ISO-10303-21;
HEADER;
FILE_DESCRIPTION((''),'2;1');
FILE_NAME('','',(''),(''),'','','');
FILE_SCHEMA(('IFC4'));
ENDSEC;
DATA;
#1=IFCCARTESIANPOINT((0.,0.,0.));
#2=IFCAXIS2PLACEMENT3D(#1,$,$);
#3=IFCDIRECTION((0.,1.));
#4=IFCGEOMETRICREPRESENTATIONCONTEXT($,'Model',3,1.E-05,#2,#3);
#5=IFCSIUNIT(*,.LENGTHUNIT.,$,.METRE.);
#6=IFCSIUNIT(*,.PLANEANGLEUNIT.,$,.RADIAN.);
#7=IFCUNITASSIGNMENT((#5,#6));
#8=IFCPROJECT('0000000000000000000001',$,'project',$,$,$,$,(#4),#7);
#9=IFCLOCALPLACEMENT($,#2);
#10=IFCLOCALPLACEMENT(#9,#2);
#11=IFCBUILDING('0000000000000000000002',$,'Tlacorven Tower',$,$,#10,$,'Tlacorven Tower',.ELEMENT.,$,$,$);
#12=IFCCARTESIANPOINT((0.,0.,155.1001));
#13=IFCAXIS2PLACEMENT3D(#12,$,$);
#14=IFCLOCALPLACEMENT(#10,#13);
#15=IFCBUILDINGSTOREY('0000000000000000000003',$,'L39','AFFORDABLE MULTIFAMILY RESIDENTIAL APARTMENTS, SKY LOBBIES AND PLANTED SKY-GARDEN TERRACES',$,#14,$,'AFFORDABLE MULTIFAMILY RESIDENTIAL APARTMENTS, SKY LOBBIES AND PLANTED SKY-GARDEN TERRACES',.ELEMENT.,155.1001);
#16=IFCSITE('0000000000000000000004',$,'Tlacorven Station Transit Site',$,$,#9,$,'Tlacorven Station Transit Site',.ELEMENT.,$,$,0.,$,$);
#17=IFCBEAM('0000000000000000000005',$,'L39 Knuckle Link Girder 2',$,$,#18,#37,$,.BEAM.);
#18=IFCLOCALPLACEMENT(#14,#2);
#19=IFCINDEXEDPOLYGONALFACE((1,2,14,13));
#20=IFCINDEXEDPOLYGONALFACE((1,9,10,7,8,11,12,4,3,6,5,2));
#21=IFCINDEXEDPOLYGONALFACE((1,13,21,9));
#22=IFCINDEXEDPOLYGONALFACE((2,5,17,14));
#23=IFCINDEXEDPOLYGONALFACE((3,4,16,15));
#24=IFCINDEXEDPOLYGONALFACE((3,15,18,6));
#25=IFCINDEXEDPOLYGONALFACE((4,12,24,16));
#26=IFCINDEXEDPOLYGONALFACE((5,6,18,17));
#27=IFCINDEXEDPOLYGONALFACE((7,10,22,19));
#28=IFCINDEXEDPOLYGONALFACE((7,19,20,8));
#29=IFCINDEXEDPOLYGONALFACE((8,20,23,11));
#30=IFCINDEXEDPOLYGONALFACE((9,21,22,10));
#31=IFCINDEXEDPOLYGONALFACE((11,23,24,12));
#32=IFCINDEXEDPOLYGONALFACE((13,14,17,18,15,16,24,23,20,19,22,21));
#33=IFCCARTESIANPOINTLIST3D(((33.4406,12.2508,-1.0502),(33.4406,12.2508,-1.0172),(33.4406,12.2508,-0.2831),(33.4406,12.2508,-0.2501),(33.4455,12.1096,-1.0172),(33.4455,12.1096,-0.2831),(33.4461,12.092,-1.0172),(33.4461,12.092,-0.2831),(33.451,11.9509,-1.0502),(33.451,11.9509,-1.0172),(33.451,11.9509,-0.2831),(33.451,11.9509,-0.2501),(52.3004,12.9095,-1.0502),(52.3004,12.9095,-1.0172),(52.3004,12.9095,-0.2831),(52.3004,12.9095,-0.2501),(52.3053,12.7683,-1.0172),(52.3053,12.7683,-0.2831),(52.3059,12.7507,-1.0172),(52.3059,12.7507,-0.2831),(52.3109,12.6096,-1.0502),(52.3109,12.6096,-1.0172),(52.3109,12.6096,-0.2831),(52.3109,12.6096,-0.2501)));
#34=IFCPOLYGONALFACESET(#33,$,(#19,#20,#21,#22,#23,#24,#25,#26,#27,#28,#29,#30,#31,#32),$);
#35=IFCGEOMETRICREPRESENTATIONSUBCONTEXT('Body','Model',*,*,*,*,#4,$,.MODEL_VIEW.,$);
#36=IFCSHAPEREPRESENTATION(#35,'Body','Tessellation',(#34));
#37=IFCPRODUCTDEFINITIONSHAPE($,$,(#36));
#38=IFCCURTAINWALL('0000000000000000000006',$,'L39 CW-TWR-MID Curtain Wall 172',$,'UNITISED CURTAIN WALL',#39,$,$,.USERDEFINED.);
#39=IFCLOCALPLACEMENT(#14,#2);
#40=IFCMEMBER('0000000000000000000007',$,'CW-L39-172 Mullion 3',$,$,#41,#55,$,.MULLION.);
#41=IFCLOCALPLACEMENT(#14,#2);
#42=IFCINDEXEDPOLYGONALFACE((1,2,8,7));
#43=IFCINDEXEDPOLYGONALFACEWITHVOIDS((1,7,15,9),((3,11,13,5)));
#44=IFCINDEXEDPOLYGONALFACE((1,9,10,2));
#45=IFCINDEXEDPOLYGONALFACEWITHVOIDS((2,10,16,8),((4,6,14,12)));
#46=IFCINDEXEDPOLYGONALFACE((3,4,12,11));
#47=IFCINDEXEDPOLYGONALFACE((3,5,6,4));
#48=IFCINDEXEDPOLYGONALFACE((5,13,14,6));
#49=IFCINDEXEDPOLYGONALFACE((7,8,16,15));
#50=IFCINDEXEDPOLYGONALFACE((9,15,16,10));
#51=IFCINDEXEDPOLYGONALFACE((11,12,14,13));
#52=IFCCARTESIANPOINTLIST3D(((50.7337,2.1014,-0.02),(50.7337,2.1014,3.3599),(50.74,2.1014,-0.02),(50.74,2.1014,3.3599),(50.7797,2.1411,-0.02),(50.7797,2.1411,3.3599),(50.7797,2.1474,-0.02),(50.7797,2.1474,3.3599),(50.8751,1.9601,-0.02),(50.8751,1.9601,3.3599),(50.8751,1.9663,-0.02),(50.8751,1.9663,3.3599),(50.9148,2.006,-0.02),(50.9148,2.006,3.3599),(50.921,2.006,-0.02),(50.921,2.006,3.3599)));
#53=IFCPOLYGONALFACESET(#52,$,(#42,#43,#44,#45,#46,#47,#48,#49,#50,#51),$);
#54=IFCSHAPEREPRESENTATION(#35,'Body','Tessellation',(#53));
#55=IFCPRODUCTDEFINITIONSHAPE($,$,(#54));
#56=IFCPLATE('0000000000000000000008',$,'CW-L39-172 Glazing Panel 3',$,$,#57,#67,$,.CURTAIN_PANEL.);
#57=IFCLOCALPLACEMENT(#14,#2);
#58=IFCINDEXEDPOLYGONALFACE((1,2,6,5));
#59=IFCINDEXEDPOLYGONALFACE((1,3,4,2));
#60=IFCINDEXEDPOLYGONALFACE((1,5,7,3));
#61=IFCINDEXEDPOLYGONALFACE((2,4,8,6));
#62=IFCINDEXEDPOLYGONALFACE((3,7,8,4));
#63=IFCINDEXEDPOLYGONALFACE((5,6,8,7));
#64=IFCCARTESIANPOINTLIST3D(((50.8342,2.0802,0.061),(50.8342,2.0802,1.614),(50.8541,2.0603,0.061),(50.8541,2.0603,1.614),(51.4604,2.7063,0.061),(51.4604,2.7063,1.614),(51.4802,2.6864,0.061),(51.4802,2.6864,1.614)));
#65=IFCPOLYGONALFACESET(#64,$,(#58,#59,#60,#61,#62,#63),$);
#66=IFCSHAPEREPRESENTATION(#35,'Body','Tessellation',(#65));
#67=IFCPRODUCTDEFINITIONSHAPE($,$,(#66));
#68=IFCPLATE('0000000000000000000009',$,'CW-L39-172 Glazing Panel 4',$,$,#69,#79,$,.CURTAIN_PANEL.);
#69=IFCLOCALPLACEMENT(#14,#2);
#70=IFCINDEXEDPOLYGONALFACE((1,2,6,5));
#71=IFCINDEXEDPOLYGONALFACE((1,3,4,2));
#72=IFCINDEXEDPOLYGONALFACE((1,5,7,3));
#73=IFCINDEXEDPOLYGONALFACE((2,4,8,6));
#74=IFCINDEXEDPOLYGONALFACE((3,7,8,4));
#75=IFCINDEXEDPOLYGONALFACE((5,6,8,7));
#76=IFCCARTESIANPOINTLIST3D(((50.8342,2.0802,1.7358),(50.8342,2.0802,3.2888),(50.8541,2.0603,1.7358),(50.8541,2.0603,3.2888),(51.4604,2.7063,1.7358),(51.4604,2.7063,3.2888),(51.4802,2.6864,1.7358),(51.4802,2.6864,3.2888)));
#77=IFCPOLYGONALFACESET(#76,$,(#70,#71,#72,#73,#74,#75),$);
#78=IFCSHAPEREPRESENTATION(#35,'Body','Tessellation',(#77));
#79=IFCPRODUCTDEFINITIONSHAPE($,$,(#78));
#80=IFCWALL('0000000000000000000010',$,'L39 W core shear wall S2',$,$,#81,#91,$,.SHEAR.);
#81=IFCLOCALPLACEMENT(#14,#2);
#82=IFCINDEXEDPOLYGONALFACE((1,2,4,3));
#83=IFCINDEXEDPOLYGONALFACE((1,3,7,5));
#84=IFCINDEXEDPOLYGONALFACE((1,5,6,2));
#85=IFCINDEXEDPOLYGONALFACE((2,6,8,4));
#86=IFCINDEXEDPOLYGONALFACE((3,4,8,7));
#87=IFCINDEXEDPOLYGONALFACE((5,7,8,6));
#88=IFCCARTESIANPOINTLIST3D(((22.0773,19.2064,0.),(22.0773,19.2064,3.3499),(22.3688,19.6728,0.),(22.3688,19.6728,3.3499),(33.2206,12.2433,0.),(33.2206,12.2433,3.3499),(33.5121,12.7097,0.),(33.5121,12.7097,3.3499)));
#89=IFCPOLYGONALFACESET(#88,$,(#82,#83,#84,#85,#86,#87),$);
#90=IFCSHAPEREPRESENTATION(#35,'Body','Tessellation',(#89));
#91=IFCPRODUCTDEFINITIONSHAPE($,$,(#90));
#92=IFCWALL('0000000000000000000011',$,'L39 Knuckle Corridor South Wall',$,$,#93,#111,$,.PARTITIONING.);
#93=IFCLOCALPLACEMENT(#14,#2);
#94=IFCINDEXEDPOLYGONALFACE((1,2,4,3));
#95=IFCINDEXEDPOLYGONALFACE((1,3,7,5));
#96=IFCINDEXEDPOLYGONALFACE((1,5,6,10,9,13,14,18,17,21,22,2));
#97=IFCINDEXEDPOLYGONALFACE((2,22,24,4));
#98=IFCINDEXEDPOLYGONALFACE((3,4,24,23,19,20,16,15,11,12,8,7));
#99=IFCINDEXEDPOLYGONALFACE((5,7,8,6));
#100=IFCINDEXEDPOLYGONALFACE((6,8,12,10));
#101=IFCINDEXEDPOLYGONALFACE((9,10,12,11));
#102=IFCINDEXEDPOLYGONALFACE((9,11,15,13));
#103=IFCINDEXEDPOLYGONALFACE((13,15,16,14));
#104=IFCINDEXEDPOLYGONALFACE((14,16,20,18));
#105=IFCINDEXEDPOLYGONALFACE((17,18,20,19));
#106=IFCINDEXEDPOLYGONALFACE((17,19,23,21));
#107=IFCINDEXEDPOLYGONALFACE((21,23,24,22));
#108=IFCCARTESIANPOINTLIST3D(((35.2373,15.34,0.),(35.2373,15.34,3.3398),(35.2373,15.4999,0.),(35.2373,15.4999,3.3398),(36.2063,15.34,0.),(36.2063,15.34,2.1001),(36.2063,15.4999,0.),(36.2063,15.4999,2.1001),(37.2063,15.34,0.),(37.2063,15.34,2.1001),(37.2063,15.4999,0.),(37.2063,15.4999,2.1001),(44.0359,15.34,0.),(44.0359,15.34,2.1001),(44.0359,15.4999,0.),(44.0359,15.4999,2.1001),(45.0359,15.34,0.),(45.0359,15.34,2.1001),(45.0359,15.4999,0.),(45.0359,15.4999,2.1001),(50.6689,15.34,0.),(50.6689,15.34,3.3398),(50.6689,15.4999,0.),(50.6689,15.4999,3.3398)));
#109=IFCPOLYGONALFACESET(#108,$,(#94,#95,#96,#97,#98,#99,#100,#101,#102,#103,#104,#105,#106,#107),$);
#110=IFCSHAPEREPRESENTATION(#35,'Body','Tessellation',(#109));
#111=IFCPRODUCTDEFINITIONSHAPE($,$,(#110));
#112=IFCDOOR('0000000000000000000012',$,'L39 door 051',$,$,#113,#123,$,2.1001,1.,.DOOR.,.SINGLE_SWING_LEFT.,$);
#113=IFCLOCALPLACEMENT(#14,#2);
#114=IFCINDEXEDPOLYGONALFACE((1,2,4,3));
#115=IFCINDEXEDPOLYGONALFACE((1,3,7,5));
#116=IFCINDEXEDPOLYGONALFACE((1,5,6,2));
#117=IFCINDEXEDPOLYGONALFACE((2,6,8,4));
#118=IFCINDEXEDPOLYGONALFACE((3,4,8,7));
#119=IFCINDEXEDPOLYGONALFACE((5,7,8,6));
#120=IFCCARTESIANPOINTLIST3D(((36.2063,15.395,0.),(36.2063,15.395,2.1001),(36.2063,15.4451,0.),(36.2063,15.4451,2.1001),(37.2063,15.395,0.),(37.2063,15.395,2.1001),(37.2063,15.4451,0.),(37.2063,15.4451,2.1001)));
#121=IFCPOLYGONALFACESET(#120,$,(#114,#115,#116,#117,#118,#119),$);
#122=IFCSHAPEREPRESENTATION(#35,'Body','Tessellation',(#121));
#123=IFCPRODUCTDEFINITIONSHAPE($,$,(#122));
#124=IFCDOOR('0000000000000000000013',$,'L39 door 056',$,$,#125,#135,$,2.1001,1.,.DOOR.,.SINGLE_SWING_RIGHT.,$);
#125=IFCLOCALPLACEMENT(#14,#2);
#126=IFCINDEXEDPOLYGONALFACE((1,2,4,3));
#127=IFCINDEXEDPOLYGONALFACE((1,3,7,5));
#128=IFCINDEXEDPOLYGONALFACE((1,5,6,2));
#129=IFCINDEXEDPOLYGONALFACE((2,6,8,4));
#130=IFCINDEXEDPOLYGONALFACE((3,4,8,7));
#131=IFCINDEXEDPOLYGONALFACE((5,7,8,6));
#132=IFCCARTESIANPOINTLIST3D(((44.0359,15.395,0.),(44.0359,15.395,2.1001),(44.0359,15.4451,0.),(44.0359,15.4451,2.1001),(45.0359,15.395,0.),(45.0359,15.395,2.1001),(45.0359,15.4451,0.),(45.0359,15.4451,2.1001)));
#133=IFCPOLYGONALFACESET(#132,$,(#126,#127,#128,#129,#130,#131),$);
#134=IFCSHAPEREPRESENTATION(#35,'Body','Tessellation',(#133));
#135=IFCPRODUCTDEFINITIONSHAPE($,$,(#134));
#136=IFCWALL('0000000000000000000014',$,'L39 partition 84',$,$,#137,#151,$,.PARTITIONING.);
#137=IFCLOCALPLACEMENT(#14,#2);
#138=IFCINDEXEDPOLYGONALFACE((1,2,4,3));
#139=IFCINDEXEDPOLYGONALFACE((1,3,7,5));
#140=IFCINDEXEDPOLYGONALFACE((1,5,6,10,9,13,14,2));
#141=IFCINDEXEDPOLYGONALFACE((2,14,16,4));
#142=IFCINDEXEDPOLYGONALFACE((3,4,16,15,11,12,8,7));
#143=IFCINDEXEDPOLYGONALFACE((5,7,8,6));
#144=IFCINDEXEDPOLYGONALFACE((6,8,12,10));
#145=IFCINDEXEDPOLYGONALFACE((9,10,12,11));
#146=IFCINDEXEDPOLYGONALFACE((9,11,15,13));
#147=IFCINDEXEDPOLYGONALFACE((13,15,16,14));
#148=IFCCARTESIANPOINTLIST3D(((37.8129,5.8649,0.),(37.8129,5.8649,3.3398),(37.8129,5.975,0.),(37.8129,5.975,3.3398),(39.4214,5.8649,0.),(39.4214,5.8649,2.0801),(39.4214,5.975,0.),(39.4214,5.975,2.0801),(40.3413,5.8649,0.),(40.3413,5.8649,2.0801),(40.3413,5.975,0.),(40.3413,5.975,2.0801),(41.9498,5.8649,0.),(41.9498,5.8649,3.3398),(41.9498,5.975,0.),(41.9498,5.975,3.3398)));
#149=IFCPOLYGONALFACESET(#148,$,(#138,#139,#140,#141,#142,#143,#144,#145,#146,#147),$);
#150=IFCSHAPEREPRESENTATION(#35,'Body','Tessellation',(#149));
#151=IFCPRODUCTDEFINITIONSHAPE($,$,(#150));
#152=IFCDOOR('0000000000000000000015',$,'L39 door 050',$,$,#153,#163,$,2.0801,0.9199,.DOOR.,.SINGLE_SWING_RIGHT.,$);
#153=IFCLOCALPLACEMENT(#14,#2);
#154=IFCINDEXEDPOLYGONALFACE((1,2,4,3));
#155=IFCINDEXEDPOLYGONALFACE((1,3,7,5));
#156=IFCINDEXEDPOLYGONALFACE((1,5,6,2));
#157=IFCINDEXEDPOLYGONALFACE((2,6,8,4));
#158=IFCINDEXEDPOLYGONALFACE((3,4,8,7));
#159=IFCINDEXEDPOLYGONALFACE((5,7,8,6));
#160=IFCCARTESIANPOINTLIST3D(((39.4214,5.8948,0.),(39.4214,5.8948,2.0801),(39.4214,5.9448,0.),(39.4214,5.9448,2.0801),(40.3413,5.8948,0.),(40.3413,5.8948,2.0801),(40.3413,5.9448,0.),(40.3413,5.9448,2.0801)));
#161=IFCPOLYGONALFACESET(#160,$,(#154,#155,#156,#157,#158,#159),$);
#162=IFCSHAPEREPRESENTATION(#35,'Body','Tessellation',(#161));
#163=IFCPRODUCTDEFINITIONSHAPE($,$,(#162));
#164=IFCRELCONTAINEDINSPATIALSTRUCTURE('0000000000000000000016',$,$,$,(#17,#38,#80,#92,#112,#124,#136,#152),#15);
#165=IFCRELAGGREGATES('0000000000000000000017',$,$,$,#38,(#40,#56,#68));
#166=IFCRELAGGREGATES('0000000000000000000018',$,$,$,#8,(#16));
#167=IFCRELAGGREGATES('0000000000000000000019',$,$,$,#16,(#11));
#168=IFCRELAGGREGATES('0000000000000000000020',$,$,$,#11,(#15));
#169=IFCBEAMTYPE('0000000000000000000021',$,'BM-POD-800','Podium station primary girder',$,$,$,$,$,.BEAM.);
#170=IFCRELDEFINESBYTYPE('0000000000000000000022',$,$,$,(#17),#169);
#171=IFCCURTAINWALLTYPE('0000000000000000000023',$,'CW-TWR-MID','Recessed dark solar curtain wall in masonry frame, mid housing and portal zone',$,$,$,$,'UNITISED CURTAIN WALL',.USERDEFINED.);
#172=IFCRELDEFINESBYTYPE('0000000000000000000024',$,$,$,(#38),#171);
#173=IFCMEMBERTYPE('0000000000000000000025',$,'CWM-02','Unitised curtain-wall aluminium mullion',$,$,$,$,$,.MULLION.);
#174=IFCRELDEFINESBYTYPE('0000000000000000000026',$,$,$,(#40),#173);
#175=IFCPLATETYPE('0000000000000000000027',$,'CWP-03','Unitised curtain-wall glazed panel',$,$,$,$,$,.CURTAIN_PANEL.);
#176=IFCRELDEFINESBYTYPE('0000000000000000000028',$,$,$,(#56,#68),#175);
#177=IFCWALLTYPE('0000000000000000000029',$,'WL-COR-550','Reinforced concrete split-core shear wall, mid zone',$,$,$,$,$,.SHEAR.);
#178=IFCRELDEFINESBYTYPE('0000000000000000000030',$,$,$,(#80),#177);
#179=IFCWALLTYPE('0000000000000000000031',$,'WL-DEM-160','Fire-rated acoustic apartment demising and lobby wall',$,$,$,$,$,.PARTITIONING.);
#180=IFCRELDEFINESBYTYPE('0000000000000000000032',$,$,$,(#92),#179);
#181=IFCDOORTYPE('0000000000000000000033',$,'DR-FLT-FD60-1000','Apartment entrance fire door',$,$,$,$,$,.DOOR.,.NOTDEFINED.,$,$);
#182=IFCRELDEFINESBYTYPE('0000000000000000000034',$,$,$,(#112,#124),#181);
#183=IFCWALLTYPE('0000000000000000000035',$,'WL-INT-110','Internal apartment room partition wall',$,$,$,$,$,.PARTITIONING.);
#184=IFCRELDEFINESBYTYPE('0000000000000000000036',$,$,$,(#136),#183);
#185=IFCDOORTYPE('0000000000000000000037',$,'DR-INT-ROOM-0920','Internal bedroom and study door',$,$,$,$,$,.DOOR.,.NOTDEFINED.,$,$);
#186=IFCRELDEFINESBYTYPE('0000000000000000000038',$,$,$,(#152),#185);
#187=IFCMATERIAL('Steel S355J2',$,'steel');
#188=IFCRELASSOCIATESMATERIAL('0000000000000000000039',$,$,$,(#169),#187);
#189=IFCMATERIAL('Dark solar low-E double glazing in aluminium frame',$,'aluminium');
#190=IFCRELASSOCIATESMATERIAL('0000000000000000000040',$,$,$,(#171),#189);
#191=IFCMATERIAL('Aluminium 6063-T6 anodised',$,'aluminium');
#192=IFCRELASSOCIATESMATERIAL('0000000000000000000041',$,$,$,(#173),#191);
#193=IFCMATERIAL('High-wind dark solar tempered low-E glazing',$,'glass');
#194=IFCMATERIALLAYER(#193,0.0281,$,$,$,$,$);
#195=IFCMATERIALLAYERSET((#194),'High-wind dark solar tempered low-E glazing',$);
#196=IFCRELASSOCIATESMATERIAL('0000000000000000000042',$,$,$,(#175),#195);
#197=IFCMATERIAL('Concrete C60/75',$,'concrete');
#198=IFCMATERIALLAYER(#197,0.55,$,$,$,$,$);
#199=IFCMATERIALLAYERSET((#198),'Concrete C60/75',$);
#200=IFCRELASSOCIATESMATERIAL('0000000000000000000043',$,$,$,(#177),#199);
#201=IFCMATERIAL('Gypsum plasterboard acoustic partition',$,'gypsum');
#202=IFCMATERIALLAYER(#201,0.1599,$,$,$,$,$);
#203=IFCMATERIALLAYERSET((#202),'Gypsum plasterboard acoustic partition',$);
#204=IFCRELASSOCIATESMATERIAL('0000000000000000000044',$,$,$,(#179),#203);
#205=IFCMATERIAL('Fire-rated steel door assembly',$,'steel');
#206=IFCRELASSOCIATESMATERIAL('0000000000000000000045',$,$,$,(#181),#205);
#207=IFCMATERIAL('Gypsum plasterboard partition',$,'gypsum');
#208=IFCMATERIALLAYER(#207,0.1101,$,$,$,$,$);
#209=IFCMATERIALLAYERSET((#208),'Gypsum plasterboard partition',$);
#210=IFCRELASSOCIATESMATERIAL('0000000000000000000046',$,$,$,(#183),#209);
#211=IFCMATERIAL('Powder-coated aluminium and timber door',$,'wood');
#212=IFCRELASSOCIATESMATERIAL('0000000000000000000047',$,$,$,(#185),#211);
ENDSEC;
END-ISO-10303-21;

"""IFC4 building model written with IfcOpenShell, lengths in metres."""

from ifc_helpers import new_model, si_unit, direction, frame, frame_2d, origin, origin_2d, place, context, subcontext, project, spatial, rectangle, hollow_rectangle, i_section, extrude, source, transform, mapped, material, layer, layer_set, material_profile, profile_set, type_object, element, fill, aggregate, save


model = new_model("IFC4")

# Units and contexts
model_context = context("Model", 3, precision=1e-05, world=origin(), true_north=direction((0.0, 1.0)))
body_context = subcontext(model_context, "Body", "Model", "MODEL_VIEW")
ifc_project = project(units=[si_unit("LENGTHUNIT", "METRE"), si_unit("PLANEANGLEUNIT", "RADIAN")], contexts=[model_context])

# Site, building, storey
site_placement = place(None, origin())
site = spatial("IfcSite", under=ifc_project, at=site_placement, Name="Tlacorven Station Transit Site", LongName="Tlacorven Station Transit Site", CompositionType="ELEMENT", RefElevation=0.0)
building_placement = place(site_placement, origin())
building = spatial("IfcBuilding", under=site, at=building_placement, Name="Tlacorven Tower", LongName="Tlacorven Tower", CompositionType="ELEMENT")
storey_placement = place(building_placement, frame((0.0, 0.0, 155.1001)))
storey = spatial("IfcBuildingStorey", under=building, at=storey_placement, Name="L39", Description="AFFORDABLE MULTIFAMILY RESIDENTIAL APARTMENTS, SKY LOBBIES AND PLANTED SKY-GARDEN TERRACES", LongName="AFFORDABLE MULTIFAMILY RESIDENTIAL APARTMENTS, SKY LOBBIES AND PLANTED SKY-GARDEN TERRACES", CompositionType="ELEMENT", Elevation=155.1001)

# Beam
ifc_material_1 = material(Name="Steel S355J2", Category="steel")
ifc_material_profile_1 = material_profile(ifc_material_1, i_section(OverallWidth=0.3, OverallDepth=0.8, WebThickness=0.0176, FlangeThickness=0.033, at=origin_2d()), Name="HEB 800")
ifc_profile_set_1 = profile_set([ifc_material_profile_1], Name="Steel S355J2")
beam_type = type_object("IfcBeamType", Name="BM-POD-800", Description="Podium station primary girder", PredefinedType="BEAM", material=ifc_profile_set_1)
shared_shape_1 = source(origin(), body_context, "Body", "SweptSolid", [
    extrude(i_section(OverallWidth=0.3, OverallDepth=0.8, WebThickness=0.0176, FlangeThickness=0.033, at=origin_2d()), origin(), (0.0, 0.0, 1.0), 18.8713),
])
beam_placement = place(storey_placement, frame((33.4458, 12.1008, -0.6501), z_axis=(0.999391, 0.034904, 0.0), x_axis=(-0.034904, 0.999391, 0.0)))
element("IfcBeam", 1, at=beam_placement, inside=storey, type_object=beam_type, Name="L39 Knuckle Link Girder 2", PredefinedType="BEAM", context=body_context, shape_type="MappedRepresentation", body=[
    mapped(shared_shape_1, transform((0.0, 0.0, 0.0), scale=1.0)),
])

# Curtain wall, member, plates
ifc_material_2 = material(Name="Dark solar low-E double glazing in aluminium frame", Category="aluminium")
curtain_wall_type = type_object("IfcCurtainWallType", Name="CW-TWR-MID", Description="Recessed dark solar curtain wall in masonry frame, mid housing and portal zone", ElementType="UNITISED CURTAIN WALL", PredefinedType="USERDEFINED", material=ifc_material_2)
curtain_wall_placement = place(storey_placement, origin())
curtain_wall = element("IfcCurtainWall", 2, at=curtain_wall_placement, inside=storey, type_object=curtain_wall_type, Name="L39 CW-TWR-MID Curtain Wall 172", ObjectType="UNITISED CURTAIN WALL", PredefinedType="USERDEFINED")
ifc_material_3 = material(Name="Aluminium 6063-T6 anodised", Category="aluminium")
ifc_material_profile_2 = material_profile(ifc_material_3, hollow_rectangle(XDim=0.0649, YDim=0.2, WallThickness=0.0044, at=origin_2d()), Name="ALU MULLION 65X200")
ifc_profile_set_2 = profile_set([ifc_material_profile_2], Name="Aluminium 6063-T6 anodised")
member_type = type_object("IfcMemberType", Name="CWM-02", Description="Unitised curtain-wall aluminium mullion", PredefinedType="MULLION", material=ifc_profile_set_2)
shared_shape_2 = source(origin(), body_context, "Body", "SweptSolid", [
    extrude(hollow_rectangle(XDim=0.0649, YDim=0.2, WallThickness=0.0044, at=origin_2d()), origin(), (0.0, 0.0, 1.0), 3.3799),
])
member_placement = place(storey_placement, frame((50.8274, 2.0537, -0.02), z_axis=(0.0, 0.0, 1.0), x_axis=(-0.707107, -0.707107, 0.0)))
member = element("IfcMember", 3, at=member_placement, type_object=member_type, Name="CW-L39-172 Mullion 3", PredefinedType="MULLION", context=body_context, shape_type="MappedRepresentation", body=[
    mapped(shared_shape_2, transform((0.0, 0.0, 0.0), scale=1.0)),
])
ifc_material_4 = material(Name="High-wind dark solar tempered low-E glazing", Category="glass")
ifc_layer_1 = layer(ifc_material_4, 0.0281)
ifc_layer_set_1 = layer_set([ifc_layer_1], Name="High-wind dark solar tempered low-E glazing")
plate_type = type_object("IfcPlateType", Name="CWP-03", Description="Unitised curtain-wall glazed panel", PredefinedType="CURTAIN_PANEL", material=ifc_layer_set_1)
shared_shape_3 = source(origin(), body_context, "Body", "SweptSolid", [
    extrude(rectangle(XDim=0.8855, YDim=0.0281, at=origin_2d()), origin(), (0.0, 0.0, 1.0), 1.553),
])
plate_1_placement = place(storey_placement, frame((51.1572, 2.3833, 0.061), z_axis=(0.0, 0.0, 1.0), x_axis=(-0.707107, -0.707107, 0.0)))
plate_1 = element("IfcPlate", 4, at=plate_1_placement, type_object=plate_type, Name="CW-L39-172 Glazing Panel 3", PredefinedType="CURTAIN_PANEL", context=body_context, shape_type="MappedRepresentation", body=[
    mapped(shared_shape_3, transform((0.0, 0.0, 0.0), scale=1.0)),
])
plate_2_placement = place(storey_placement, frame((51.1572, 2.3833, 1.7358), z_axis=(0.0, 0.0, 1.0), x_axis=(-0.707107, -0.707107, 0.0)))
plate_2 = element("IfcPlate", 5, at=plate_2_placement, type_object=plate_type, Name="CW-L39-172 Glazing Panel 4", PredefinedType="CURTAIN_PANEL", context=body_context, shape_type="MappedRepresentation", body=[
    mapped(shared_shape_3, transform((0.0, 0.0, 0.0), scale=1.0)),
])
aggregate(curtain_wall, [member, plate_1, plate_2])

# Wall
ifc_material_5 = material(Name="Concrete C60/75", Category="concrete")
ifc_layer_2 = layer(ifc_material_5, 0.55)
ifc_layer_set_2 = layer_set([ifc_layer_2], Name="Concrete C60/75")
wall_type_1 = type_object("IfcWallType", Name="WL-COR-550", Description="Reinforced concrete split-core shear wall, mid zone", PredefinedType="SHEAR", material=ifc_layer_set_2)
wall_1_placement = place(storey_placement, frame((33.3662, 12.4766, 0.0), z_axis=(0.0, 0.0, 1.0), x_axis=(-0.848047, 0.52992, 0.0)))
element("IfcWall", 6, at=wall_1_placement, inside=storey, type_object=wall_type_1, Name="L39 W core shear wall S2", PredefinedType="SHEAR", context=body_context, shape_type="SweptSolid", body=[
    extrude(rectangle(XDim=13.1399, YDim=0.55, at=frame_2d((6.5698, 0.0))), origin(), (0.0, 0.0, 1.0), 3.3499),
])

# Wall, openings, doors
ifc_material_6 = material(Name="Gypsum plasterboard acoustic partition", Category="gypsum")
ifc_layer_3 = layer(ifc_material_6, 0.1599)
ifc_layer_set_3 = layer_set([ifc_layer_3], Name="Gypsum plasterboard acoustic partition")
wall_type_2 = type_object("IfcWallType", Name="WL-DEM-160", Description="Fire-rated acoustic apartment demising and lobby wall", PredefinedType="PARTITIONING", material=ifc_layer_set_3)
wall_2_placement = place(storey_placement, frame((35.2373, 15.4199, 0.0), z_axis=(0.0, 0.0, 1.0), x_axis=(1.0, 0.0, 0.0)))
wall_2 = element("IfcWall", 7, at=wall_2_placement, inside=storey, type_object=wall_type_2, Name="L39 Knuckle Corridor South Wall", PredefinedType="PARTITIONING", context=body_context, shape_type="SweptSolid", body=[
    extrude(rectangle(XDim=15.4316, YDim=0.1599, at=frame_2d((7.7158, 0.0))), origin(), (0.0, 0.0, 1.0), 3.3398),
])
opening_1_placement = place(wall_2_placement, frame((0.969, 0.0, 0.0)))
opening_1 = element("IfcOpeningElement", 8, at=opening_1_placement, cuts=wall_2, PredefinedType="OPENING", context=body_context, shape_type="SweptSolid", body=[
    extrude(rectangle(XDim=1.0, YDim=2.1001, at=frame_2d((0.5, 1.05))), frame((0.0, 0.0898, 0.0), z_axis=(0.0, -1.0, 0.0), x_axis=(1.0, 0.0, 0.0)), (0.0, 0.0, 1.0), 0.1799),
])
opening_2_placement = place(wall_2_placement, frame((8.7986, 0.0, 0.0)))
opening_2 = element("IfcOpeningElement", 9, at=opening_2_placement, cuts=wall_2, PredefinedType="OPENING", context=body_context, shape_type="SweptSolid", body=[
    extrude(rectangle(XDim=1.0, YDim=2.1001, at=frame_2d((0.5, 1.05))), frame((0.0, 0.0898, 0.0), z_axis=(0.0, -1.0, 0.0), x_axis=(1.0, 0.0, 0.0)), (0.0, 0.0, 1.0), 0.1799),
])
ifc_material_7 = material(Name="Fire-rated steel door assembly", Category="steel")
door_type_1 = type_object("IfcDoorType", Name="DR-FLT-FD60-1000", Description="Apartment entrance fire door", OperationType="NOTDEFINED", PredefinedType="DOOR", material=ifc_material_7)
shared_shape_4 = source(origin(), body_context, "Body", "SweptSolid", [
    extrude(rectangle(XDim=1.0, YDim=2.1001, at=frame_2d((0.5, 1.05))), frame((0.0, 0.0249, 0.0), z_axis=(0.0, -1.0, 0.0), x_axis=(1.0, 0.0, 0.0)), (0.0, 0.0, 1.0), 0.05),
])
door_1_placement = place(opening_1_placement, frame((1.0, 0.0, 0.0), z_axis=(0.0, 0.0, 1.0), x_axis=(-1.0, 0.0, 0.0)))
door_1 = element("IfcDoor", 10, at=door_1_placement, inside=storey, type_object=door_type_1, Name="L39 door 051", OperationType="SINGLE_SWING_LEFT", OverallHeight=2.1001, OverallWidth=1.0, PredefinedType="DOOR", context=body_context, shape_type="MappedRepresentation", body=[
    mapped(shared_shape_4, transform((0.0, 0.0, 0.0), scale=1.0)),
])
fill(opening_1, door_1)
door_2_placement = place(opening_2_placement, frame((1.0, 0.0, 0.0), z_axis=(0.0, 0.0, 1.0), x_axis=(-1.0, 0.0, 0.0)))
door_2 = element("IfcDoor", 11, at=door_2_placement, inside=storey, type_object=door_type_1, Name="L39 door 056", OperationType="SINGLE_SWING_RIGHT", OverallHeight=2.1001, OverallWidth=1.0, PredefinedType="DOOR", context=body_context, shape_type="MappedRepresentation", body=[
    mapped(shared_shape_4, transform((0.0, 0.0, 0.0), scale=1.0)),
])
fill(opening_2, door_2)

# Wall, opening, door
ifc_material_8 = material(Name="Gypsum plasterboard partition", Category="gypsum")
ifc_layer_4 = layer(ifc_material_8, 0.1101)
ifc_layer_set_4 = layer_set([ifc_layer_4], Name="Gypsum plasterboard partition")
wall_type_3 = type_object("IfcWallType", Name="WL-INT-110", Description="Internal apartment room partition wall", PredefinedType="PARTITIONING", material=ifc_layer_set_4)
wall_3_placement = place(storey_placement, frame((37.813, 5.9199, 0.0), z_axis=(0.0, 0.0, 1.0), x_axis=(1.0, 0.0, 0.0)))
wall_3 = element("IfcWall", 12, at=wall_3_placement, inside=storey, type_object=wall_type_3, Name="L39 partition 84", PredefinedType="PARTITIONING", context=body_context, shape_type="SweptSolid", body=[
    extrude(rectangle(XDim=4.137, YDim=0.1101, at=frame_2d((2.0684, 0.0))), origin(), (0.0, 0.0, 1.0), 3.3398),
])
opening_3_placement = place(wall_3_placement, frame((1.6084, 0.0, 0.0)))
opening_3 = element("IfcOpeningElement", 13, at=opening_3_placement, cuts=wall_3, PredefinedType="OPENING", context=body_context, shape_type="SweptSolid", body=[
    extrude(rectangle(XDim=0.9199, YDim=2.0801, at=frame_2d((0.46, 1.04))), frame((0.0, 0.0649, 0.0), z_axis=(0.0, -1.0, 0.0), x_axis=(1.0, 0.0, 0.0)), (0.0, 0.0, 1.0), 0.1301),
])
ifc_material_9 = material(Name="Powder-coated aluminium and timber door", Category="wood")
door_type_2 = type_object("IfcDoorType", Name="DR-INT-ROOM-0920", Description="Internal bedroom and study door", OperationType="NOTDEFINED", PredefinedType="DOOR", material=ifc_material_9)
shared_shape_5 = source(origin(), body_context, "Body", "SweptSolid", [
    extrude(rectangle(XDim=0.9199, YDim=2.0801, at=frame_2d((0.46, 1.04))), frame((0.0, 0.0249, 0.0), z_axis=(0.0, -1.0, 0.0), x_axis=(1.0, 0.0, 0.0)), (0.0, 0.0, 1.0), 0.05),
])
door_3_placement = place(opening_3_placement, origin())
door_3 = element("IfcDoor", 14, at=door_3_placement, inside=storey, type_object=door_type_2, Name="L39 door 050", OperationType="SINGLE_SWING_RIGHT", OverallHeight=2.0801, OverallWidth=0.9199, PredefinedType="DOOR", context=body_context, shape_type="MappedRepresentation", body=[
    mapped(shared_shape_5, transform((0.0, 0.0, 0.0), scale=1.0)),
])
fill(opening_3, door_3)

save(model, "model.ifc")
